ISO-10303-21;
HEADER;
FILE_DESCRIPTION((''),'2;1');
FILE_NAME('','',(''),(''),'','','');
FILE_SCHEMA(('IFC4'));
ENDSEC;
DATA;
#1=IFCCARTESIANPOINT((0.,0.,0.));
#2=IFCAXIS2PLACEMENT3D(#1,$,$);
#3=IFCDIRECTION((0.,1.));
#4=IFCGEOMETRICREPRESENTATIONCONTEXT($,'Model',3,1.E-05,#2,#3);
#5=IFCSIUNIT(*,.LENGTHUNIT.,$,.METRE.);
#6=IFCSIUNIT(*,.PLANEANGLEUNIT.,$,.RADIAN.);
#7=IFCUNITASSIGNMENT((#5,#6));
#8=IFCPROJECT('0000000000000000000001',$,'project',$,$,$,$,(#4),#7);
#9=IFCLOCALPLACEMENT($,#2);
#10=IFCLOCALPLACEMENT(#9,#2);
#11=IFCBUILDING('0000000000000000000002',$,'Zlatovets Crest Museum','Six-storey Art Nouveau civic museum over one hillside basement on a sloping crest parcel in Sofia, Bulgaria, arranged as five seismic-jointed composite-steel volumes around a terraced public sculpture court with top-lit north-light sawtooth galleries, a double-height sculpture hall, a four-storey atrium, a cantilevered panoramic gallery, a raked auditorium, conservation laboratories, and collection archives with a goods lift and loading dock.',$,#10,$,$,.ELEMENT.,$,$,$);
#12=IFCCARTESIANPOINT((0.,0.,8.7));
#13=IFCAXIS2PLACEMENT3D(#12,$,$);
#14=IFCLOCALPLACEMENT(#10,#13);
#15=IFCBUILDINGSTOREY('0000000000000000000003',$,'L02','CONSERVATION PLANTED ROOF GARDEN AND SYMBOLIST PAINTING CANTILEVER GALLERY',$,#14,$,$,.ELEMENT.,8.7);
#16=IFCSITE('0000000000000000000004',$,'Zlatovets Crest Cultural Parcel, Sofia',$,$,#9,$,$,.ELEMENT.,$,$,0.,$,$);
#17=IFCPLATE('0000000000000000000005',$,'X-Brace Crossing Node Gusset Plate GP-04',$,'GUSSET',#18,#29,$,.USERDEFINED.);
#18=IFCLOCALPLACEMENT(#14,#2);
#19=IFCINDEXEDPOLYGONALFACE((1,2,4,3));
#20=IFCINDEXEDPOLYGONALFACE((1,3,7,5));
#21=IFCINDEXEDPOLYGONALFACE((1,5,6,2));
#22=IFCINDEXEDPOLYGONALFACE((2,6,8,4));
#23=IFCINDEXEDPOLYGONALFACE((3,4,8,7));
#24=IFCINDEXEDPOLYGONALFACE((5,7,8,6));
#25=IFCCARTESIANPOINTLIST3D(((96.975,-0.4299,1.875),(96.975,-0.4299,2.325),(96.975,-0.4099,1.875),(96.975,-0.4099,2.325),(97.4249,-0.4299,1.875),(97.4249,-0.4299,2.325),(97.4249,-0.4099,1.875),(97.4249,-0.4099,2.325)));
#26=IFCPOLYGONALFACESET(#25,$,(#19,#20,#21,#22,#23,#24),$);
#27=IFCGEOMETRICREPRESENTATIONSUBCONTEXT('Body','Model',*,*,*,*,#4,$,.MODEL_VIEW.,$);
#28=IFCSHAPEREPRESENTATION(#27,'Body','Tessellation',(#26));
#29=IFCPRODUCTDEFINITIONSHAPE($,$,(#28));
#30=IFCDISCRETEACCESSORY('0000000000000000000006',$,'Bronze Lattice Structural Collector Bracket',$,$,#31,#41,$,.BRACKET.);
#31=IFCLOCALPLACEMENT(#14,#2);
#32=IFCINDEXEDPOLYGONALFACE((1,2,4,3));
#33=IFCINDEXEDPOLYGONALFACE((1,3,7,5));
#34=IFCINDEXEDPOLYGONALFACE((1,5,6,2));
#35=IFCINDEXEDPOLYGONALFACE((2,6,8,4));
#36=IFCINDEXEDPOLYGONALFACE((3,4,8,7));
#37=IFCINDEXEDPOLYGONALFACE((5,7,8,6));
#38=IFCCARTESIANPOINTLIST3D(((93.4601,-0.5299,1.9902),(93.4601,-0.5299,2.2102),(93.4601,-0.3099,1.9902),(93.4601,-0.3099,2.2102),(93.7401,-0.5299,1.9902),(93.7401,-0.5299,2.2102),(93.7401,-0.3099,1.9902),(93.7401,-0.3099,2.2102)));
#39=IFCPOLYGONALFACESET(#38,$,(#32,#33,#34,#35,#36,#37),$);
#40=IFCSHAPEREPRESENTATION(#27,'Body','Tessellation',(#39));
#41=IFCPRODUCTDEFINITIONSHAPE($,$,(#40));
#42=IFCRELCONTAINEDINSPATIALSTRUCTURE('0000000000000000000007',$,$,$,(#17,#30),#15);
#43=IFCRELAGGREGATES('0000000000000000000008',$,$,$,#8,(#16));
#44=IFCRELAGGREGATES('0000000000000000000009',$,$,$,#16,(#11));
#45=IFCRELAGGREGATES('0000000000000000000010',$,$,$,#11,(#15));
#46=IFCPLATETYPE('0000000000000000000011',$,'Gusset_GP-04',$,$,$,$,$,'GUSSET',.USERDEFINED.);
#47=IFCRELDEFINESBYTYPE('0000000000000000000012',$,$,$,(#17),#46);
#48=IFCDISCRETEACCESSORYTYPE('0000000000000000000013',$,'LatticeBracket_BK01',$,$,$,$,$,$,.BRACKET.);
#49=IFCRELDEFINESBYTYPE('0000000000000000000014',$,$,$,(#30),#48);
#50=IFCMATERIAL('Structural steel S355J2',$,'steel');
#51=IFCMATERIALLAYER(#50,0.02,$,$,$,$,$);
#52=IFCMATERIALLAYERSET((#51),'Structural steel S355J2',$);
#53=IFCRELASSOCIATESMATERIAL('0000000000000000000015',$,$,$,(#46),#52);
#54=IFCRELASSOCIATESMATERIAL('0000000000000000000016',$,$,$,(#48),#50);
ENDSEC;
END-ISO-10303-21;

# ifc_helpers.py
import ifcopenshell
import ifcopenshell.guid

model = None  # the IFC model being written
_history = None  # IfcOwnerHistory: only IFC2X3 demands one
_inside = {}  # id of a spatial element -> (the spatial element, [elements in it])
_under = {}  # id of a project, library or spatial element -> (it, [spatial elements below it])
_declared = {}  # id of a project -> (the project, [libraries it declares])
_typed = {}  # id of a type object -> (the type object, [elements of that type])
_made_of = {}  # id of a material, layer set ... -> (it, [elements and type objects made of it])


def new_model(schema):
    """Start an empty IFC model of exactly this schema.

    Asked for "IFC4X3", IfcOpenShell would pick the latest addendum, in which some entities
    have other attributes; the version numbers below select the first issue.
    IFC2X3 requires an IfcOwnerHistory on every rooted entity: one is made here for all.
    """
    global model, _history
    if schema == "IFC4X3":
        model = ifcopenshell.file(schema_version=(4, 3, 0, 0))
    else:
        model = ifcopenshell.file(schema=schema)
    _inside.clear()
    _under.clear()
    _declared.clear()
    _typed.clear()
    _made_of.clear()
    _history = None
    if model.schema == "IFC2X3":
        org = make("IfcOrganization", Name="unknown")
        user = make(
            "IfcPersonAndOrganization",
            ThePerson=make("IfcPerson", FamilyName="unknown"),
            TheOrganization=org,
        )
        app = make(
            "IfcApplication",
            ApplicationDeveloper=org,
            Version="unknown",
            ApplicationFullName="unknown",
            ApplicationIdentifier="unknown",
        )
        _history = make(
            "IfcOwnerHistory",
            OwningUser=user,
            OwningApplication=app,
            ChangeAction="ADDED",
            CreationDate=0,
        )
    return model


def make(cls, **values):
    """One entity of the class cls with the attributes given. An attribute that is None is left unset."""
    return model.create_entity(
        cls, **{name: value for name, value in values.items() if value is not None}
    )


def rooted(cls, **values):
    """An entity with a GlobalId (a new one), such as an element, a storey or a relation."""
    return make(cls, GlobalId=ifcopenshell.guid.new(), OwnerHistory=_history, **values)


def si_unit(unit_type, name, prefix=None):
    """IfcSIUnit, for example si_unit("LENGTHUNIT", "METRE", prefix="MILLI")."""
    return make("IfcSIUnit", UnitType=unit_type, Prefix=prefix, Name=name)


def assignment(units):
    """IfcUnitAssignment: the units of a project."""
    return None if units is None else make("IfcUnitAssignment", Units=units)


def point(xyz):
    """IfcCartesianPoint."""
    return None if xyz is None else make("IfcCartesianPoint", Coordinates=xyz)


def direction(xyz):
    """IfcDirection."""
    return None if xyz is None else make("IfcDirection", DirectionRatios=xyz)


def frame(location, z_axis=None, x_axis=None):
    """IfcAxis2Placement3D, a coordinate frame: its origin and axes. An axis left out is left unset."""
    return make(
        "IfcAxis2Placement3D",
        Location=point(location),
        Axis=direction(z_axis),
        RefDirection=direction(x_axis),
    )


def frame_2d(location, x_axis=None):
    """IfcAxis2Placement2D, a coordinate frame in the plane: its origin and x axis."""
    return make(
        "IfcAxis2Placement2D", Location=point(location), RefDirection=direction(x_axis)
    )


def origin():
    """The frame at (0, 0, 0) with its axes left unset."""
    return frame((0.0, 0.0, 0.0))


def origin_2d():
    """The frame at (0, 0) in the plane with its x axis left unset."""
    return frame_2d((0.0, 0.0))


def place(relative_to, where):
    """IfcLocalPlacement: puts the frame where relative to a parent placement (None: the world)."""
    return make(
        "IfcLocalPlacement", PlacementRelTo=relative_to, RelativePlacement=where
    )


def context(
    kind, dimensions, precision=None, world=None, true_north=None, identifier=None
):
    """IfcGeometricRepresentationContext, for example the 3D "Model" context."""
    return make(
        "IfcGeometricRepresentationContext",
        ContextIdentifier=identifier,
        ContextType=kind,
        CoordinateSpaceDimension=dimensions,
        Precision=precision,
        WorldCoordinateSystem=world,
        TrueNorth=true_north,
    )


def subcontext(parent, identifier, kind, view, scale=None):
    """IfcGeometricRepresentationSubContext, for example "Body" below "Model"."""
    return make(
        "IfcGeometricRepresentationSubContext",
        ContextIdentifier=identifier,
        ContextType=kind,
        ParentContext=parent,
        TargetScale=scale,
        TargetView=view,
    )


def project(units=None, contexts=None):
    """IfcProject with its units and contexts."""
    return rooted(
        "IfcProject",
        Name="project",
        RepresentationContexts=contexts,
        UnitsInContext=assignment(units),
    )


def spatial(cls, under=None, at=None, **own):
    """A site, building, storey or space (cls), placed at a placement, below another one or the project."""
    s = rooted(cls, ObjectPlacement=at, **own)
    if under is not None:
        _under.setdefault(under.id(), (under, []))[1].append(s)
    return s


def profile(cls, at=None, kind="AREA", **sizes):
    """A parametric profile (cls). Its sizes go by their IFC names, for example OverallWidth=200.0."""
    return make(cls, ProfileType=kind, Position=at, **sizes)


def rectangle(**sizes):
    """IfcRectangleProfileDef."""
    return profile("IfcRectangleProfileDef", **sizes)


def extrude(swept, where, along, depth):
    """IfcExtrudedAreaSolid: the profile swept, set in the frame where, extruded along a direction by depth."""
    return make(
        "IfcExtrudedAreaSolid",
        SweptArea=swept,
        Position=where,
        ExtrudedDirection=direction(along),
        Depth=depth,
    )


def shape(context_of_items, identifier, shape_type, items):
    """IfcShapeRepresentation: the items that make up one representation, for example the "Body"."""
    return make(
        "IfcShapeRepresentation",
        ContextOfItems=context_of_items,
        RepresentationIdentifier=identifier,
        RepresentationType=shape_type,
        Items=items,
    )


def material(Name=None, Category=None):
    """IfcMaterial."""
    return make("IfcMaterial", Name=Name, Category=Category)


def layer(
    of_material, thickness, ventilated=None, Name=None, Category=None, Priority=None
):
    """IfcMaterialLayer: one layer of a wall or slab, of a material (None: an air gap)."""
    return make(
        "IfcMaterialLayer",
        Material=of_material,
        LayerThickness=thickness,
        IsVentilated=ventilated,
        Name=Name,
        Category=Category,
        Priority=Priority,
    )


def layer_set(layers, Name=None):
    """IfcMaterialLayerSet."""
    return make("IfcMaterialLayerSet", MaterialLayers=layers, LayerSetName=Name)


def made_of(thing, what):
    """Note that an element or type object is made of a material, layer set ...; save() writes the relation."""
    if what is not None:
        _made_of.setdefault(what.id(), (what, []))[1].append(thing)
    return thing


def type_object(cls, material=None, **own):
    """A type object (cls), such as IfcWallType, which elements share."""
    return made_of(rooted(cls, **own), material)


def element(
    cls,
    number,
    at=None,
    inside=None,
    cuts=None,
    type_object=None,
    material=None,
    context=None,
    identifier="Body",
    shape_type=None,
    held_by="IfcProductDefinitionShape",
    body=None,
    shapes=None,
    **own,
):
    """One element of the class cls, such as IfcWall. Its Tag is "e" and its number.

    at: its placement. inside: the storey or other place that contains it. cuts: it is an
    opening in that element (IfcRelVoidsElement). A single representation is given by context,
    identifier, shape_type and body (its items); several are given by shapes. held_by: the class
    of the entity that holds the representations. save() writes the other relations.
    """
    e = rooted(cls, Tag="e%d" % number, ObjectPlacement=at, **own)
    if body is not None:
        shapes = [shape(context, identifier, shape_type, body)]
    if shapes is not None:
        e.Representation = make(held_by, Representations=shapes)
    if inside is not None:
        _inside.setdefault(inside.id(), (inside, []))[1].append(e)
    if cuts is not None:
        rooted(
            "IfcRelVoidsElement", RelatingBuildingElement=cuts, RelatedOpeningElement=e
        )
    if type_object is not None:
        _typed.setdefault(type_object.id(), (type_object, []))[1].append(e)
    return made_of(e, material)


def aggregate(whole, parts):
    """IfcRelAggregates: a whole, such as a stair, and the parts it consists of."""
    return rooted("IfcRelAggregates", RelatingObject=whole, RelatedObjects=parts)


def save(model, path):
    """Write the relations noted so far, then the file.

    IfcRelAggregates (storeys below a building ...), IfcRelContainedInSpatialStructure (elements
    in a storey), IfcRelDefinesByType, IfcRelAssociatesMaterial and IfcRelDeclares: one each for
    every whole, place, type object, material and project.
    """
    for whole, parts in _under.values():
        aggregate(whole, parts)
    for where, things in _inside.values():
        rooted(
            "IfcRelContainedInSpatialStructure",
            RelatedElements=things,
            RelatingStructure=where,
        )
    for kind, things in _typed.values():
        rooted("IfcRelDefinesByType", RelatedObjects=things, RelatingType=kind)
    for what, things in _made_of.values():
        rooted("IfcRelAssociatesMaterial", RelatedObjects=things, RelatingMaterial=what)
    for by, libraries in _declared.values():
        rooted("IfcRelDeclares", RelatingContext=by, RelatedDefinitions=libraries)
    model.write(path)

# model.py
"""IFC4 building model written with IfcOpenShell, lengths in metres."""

from ifc_helpers import new_model, si_unit, direction, frame, origin, origin_2d, place, context, subcontext, project, spatial, rectangle, extrude, material, layer, layer_set, type_object, element, save


model = new_model("IFC4")

# Units and contexts
model_context = context("Model", 3, precision=1e-05, world=origin(), true_north=direction((0.0, 1.0)))
body_context = subcontext(model_context, "Body", "Model", "MODEL_VIEW")
ifc_project = project(units=[si_unit("LENGTHUNIT", "METRE"), si_unit("PLANEANGLEUNIT", "RADIAN")], contexts=[model_context])

# Site, building, storey
site_placement = place(None, origin())
site = spatial("IfcSite", under=ifc_project, at=site_placement, Name="Zlatovets Crest Cultural Parcel, Sofia", CompositionType="ELEMENT", RefElevation=0.0)
building_placement = place(site_placement, origin())
building = spatial("IfcBuilding", under=site, at=building_placement, Name="Zlatovets Crest Museum", Description="Six-storey Art Nouveau civic museum over one hillside basement on a sloping crest parcel in Sofia, Bulgaria, arranged as five seismic-jointed composite-steel volumes around a terraced public sculpture court with top-lit north-light sawtooth galleries, a double-height sculpture hall, a four-storey atrium, a cantilevered panoramic gallery, a raked auditorium, conservation laboratories, and collection archives with a goods lift and loading dock.", CompositionType="ELEMENT")
storey_placement = place(building_placement, frame((0.0, 0.0, 8.7)))
storey = spatial("IfcBuildingStorey", under=building, at=storey_placement, Name="L02", Description="CONSERVATION PLANTED ROOF GARDEN AND SYMBOLIST PAINTING CANTILEVER GALLERY", CompositionType="ELEMENT", Elevation=8.7)

# Plate
ifc_material_1 = material(Name="Structural steel S355J2", Category="steel")
ifc_layer_1 = layer(ifc_material_1, 0.02)
ifc_layer_set_1 = layer_set([ifc_layer_1], Name="Structural steel S355J2")
plate_type_1 = type_object("IfcPlateType", Name="Gusset_GP-04", ElementType="GUSSET", PredefinedType="USERDEFINED", material=ifc_layer_set_1)
for number, where, z_axis, x_axis, name in (
    (1, (97.2, -0.4199, 1.875), (0.0, 0.0, 1.0), (1.0, 0.0, 0.0), "X-Brace Crossing Node Gusset Plate GP-04"),
):
    element("IfcPlate", number, at=place(storey_placement, frame(where, z_axis=z_axis, x_axis=x_axis)), inside=storey, type_object=plate_type_1, Name=name, ObjectType="GUSSET", PredefinedType="USERDEFINED", context=body_context, shape_type="SweptSolid", body=[
        extrude(rectangle(XDim=0.45, YDim=0.02, at=origin_2d()), origin(), (0.0, 0.0, 1.0), 0.45),
    ])

# Discrete accessory
discrete_accessory_type = type_object("IfcDiscreteAccessoryType", Name="LatticeBracket_BK01", PredefinedType="BRACKET", material=ifc_material_1)
discrete_accessory_placement = place(storey_placement, frame((93.6001, -0.4199, 1.9902), z_axis=(0.0, 0.0, 1.0), x_axis=(1.0, 0.0, 0.0)))
element("IfcDiscreteAccessory", 2, at=discrete_accessory_placement, inside=storey, type_object=discrete_accessory_type, Name="Bronze Lattice Structural Collector Bracket", PredefinedType="BRACKET", context=body_context, shape_type="SweptSolid", body=[
    extrude(rectangle(XDim=0.28, YDim=0.22, at=origin_2d()), origin(), (0.0, 0.0, 1.0), 0.22),
])

save(model, "model.ifc")
